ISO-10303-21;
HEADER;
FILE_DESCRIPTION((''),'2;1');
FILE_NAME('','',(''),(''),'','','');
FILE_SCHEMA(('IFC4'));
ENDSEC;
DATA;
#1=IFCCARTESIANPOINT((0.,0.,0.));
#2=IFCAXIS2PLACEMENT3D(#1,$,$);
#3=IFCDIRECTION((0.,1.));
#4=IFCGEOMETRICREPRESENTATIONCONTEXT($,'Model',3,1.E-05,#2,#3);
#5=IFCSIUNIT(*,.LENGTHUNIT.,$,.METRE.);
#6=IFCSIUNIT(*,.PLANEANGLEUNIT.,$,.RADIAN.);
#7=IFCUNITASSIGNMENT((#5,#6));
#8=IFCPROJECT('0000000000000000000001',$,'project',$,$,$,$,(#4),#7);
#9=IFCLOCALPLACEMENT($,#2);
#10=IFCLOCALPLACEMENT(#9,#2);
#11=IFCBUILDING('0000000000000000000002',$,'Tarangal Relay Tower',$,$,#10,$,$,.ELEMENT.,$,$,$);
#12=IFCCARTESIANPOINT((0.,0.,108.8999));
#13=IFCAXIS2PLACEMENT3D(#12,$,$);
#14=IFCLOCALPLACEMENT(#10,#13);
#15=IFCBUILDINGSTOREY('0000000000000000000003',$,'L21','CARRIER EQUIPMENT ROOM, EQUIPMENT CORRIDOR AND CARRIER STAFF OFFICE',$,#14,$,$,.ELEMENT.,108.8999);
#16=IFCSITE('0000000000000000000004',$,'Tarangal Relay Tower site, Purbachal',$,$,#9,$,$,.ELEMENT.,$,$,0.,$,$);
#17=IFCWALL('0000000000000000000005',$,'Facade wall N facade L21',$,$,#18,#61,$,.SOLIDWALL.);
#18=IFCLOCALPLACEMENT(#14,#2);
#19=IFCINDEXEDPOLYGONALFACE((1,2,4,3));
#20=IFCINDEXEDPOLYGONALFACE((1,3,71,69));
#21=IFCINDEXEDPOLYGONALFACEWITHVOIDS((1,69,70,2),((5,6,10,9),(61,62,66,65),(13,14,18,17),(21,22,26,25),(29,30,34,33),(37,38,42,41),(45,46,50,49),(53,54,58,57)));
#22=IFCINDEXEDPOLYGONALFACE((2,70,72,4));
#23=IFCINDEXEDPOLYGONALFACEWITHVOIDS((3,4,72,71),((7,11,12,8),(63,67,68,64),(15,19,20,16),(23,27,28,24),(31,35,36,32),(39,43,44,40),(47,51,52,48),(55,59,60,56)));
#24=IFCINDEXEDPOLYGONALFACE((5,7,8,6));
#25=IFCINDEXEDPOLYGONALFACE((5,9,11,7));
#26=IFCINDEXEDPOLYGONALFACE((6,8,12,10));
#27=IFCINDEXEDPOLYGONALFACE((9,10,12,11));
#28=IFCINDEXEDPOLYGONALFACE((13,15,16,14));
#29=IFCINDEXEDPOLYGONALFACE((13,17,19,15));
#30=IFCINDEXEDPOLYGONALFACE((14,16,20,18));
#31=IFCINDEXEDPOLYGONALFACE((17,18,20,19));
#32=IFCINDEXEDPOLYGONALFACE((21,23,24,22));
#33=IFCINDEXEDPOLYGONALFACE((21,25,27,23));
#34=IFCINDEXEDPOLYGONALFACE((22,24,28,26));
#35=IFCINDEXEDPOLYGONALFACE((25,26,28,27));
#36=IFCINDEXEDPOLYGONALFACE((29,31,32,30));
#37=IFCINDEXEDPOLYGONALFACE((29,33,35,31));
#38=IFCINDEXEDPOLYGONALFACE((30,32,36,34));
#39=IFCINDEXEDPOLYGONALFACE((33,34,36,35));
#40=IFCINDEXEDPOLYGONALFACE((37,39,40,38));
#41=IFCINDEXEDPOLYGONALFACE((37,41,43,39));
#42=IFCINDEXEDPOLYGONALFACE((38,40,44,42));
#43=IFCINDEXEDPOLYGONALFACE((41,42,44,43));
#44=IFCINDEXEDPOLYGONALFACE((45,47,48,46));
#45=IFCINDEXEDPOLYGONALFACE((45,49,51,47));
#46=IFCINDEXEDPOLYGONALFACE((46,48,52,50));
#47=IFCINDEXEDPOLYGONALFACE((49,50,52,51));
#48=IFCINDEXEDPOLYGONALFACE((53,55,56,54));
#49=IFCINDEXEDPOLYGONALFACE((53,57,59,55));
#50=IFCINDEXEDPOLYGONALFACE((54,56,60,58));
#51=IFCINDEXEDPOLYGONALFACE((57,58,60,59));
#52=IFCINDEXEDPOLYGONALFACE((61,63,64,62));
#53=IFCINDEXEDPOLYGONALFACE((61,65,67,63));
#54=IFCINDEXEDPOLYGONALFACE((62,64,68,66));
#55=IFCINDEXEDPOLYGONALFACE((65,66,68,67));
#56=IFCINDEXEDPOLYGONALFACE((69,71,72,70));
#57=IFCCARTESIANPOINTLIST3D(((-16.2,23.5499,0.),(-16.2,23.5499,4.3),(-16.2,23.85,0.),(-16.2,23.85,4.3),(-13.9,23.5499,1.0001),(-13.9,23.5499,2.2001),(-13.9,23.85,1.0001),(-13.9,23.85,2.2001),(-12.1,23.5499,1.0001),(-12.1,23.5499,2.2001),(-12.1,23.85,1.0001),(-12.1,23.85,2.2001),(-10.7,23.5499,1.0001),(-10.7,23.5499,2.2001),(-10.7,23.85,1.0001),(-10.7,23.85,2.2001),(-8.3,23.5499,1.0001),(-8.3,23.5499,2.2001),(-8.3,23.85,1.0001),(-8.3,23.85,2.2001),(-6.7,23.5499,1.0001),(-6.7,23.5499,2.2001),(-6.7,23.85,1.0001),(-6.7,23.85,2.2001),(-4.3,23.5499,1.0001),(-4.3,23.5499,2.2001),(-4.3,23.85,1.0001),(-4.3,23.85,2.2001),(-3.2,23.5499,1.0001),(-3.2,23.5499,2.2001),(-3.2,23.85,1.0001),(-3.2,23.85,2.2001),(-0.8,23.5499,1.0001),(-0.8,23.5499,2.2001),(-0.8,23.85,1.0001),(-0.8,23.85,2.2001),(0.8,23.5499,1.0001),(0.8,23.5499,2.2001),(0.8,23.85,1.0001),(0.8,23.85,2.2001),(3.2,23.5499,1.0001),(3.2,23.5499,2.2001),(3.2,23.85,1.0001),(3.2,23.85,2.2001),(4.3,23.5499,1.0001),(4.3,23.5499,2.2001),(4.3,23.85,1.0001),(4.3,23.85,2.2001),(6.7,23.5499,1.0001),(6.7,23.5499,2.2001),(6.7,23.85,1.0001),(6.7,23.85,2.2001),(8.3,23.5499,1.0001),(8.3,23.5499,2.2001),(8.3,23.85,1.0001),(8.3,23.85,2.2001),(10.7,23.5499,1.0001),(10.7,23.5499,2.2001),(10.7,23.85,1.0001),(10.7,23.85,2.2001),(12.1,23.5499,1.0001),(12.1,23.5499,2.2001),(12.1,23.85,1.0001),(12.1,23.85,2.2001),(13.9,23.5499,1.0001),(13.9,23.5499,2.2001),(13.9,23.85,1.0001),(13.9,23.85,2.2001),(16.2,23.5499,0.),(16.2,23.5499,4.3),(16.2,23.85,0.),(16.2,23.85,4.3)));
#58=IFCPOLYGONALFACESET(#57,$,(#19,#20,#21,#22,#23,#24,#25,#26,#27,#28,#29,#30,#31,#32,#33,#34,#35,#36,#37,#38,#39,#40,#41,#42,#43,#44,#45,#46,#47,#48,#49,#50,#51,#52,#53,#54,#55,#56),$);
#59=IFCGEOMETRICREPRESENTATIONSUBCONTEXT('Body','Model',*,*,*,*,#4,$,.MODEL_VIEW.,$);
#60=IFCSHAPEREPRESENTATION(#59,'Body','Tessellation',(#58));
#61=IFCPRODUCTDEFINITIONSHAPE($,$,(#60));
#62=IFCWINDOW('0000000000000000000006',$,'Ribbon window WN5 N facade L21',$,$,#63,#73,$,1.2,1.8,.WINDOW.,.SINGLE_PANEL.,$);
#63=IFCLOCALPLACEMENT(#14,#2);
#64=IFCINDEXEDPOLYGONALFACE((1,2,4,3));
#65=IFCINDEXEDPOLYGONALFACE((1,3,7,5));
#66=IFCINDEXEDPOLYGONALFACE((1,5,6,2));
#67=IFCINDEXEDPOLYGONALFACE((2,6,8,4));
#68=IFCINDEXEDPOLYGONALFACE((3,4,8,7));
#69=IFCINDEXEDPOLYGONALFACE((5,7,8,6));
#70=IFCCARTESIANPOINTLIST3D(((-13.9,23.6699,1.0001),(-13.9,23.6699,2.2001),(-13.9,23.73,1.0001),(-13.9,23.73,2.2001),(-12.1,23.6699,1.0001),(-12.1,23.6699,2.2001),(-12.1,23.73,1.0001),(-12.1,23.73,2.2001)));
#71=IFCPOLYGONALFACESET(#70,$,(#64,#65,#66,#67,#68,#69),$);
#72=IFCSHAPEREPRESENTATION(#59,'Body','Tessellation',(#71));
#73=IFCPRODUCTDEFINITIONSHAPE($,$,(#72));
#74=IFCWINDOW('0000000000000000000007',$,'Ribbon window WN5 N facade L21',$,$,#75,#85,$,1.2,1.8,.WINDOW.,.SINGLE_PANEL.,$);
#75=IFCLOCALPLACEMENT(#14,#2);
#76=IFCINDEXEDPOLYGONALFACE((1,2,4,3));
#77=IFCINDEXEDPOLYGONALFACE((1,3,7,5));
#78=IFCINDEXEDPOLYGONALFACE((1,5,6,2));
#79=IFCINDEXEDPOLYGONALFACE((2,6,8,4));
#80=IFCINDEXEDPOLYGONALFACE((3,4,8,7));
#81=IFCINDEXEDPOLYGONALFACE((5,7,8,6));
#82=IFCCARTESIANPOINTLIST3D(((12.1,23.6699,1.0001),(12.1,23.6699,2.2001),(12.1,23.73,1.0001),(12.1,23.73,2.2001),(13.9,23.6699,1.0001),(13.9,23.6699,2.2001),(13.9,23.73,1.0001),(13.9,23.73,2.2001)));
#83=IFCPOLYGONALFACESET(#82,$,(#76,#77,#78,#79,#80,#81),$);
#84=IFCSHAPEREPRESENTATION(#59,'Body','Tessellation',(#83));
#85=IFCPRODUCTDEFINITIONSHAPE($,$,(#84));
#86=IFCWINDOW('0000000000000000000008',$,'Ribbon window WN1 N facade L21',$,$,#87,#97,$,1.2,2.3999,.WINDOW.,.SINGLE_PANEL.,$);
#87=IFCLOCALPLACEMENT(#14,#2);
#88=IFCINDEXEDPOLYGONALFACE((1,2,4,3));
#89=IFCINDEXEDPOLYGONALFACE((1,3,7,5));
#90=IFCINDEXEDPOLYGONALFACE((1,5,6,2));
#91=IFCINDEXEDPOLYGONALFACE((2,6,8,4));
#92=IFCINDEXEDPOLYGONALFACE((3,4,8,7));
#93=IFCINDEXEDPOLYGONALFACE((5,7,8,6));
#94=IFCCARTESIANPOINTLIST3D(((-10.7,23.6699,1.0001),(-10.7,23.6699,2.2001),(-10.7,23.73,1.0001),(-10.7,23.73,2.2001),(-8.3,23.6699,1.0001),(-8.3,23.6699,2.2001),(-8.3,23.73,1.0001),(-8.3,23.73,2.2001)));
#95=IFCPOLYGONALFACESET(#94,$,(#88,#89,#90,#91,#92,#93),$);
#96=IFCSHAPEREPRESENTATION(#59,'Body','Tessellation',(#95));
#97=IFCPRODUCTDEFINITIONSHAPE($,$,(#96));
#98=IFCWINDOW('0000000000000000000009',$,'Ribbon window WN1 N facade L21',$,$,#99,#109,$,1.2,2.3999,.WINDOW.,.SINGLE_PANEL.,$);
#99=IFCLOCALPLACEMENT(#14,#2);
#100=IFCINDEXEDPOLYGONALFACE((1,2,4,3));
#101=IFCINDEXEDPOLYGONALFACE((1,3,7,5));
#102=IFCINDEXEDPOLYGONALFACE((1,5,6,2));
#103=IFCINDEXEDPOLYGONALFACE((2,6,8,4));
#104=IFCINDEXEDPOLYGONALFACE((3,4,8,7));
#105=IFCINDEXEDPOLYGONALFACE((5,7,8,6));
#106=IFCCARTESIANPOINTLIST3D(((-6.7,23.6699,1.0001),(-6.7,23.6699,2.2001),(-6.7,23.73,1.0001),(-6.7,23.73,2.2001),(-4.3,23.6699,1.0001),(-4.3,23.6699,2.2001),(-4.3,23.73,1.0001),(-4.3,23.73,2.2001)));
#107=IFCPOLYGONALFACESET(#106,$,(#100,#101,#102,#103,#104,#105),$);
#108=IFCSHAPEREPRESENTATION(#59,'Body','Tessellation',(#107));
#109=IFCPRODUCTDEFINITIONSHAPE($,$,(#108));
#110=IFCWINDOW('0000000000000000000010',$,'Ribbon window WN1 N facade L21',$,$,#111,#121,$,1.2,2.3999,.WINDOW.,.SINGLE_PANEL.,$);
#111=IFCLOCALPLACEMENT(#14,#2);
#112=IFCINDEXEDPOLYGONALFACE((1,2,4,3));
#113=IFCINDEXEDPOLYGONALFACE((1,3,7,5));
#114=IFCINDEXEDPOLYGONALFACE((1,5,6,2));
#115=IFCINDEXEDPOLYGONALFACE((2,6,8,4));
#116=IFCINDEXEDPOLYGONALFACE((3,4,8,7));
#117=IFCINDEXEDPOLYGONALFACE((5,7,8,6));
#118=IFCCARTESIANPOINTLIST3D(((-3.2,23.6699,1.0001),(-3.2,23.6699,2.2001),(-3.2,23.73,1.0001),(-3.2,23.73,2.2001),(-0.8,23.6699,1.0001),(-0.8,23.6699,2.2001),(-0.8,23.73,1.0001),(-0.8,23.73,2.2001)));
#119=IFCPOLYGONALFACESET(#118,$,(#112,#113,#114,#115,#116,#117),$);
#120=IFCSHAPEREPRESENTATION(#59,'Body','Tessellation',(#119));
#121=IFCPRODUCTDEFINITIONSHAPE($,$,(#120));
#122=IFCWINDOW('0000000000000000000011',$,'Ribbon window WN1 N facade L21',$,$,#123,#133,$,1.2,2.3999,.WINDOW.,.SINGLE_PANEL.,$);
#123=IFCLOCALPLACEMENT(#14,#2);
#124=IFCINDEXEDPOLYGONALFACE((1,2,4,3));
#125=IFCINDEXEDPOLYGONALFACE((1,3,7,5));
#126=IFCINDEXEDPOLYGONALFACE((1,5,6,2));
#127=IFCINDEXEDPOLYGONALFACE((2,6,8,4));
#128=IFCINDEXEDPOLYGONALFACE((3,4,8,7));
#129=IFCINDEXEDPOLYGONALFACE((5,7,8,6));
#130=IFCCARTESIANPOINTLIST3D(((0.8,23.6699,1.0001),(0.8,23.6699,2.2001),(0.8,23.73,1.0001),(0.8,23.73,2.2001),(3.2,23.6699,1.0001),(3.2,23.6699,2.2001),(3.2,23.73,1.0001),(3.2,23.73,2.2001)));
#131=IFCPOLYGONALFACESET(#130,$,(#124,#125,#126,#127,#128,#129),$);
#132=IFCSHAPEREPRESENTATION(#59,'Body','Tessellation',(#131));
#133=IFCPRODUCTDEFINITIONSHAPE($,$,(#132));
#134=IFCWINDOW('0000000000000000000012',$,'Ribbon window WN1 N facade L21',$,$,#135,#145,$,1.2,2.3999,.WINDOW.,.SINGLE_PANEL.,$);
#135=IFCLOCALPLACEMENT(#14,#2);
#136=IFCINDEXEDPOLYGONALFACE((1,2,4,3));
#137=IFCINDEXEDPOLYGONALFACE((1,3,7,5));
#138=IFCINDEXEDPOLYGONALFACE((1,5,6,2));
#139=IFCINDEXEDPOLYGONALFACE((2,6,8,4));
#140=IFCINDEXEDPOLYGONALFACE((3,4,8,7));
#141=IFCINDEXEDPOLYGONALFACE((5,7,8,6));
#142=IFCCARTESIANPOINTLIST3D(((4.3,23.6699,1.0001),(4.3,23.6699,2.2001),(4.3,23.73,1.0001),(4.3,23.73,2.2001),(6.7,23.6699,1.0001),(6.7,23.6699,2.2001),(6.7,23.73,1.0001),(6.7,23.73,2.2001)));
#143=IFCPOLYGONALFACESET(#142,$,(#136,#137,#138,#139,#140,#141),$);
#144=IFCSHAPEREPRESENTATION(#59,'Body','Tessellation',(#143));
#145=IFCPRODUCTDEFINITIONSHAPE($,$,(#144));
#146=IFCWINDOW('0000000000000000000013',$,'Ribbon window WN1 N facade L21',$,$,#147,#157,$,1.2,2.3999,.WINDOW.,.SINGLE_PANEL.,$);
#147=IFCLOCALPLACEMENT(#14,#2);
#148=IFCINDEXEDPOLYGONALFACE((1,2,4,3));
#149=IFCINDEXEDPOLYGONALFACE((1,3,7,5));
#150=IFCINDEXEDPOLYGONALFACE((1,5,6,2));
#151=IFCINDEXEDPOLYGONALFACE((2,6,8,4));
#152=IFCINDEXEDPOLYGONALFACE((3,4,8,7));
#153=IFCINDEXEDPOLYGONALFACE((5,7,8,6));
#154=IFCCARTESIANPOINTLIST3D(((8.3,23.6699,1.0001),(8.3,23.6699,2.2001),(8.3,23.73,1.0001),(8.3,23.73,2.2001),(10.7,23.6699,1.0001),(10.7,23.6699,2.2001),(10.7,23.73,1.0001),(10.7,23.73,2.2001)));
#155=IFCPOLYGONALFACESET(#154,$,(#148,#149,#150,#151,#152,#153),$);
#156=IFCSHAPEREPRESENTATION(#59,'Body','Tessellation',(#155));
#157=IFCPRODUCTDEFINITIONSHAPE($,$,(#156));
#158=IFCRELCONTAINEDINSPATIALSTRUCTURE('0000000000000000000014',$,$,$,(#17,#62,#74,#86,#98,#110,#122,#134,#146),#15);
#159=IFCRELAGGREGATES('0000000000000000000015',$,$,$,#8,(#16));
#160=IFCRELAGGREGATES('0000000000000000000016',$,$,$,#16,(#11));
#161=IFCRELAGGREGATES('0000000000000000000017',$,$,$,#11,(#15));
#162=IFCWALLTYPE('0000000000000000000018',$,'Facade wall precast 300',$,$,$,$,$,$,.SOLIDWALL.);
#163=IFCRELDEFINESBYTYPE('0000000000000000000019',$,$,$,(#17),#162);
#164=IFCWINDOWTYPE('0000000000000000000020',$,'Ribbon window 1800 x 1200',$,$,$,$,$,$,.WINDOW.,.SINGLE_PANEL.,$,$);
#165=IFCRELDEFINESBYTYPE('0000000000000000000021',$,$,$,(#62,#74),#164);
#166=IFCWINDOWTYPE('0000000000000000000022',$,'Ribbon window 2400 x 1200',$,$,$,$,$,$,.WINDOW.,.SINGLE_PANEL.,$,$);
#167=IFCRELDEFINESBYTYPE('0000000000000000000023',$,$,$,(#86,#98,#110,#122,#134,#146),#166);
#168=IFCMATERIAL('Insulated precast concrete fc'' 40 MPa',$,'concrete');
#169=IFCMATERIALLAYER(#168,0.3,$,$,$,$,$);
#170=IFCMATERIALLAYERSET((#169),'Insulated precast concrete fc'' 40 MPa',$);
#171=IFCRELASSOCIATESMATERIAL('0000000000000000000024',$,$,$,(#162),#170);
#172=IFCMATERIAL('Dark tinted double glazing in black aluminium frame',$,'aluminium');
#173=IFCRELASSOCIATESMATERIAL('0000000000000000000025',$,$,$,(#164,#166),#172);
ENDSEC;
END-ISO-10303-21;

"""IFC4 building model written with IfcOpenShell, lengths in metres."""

from ifc_helpers import new_model, si_unit, direction, frame, frame_2d, origin, place, context, subcontext, project, spatial, rectangle, extrude, material, layer, layer_set, type_object, element, fill, save


model = new_model("IFC4")

# Units and contexts
model_context = context("Model", 3, precision=1e-05, world=origin(), true_north=direction((0.0, 1.0)))
body_context = subcontext(model_context, "Body", "Model", "MODEL_VIEW")
ifc_project = project(units=[si_unit("LENGTHUNIT", "METRE"), si_unit("PLANEANGLEUNIT", "RADIAN")], contexts=[model_context])

# Site, building, storey
site_placement = place(None, origin())
site = spatial("IfcSite", under=ifc_project, at=site_placement, Name="Tarangal Relay Tower site, Purbachal", CompositionType="ELEMENT", RefElevation=0.0)
building_placement = place(site_placement, origin())
building = spatial("IfcBuilding", under=site, at=building_placement, Name="Tarangal Relay Tower", CompositionType="ELEMENT")
storey_placement = place(building_placement, frame((0.0, 0.0, 108.8999)))
storey = spatial("IfcBuildingStorey", under=building, at=storey_placement, Name="L21", Description="CARRIER EQUIPMENT ROOM, EQUIPMENT CORRIDOR AND CARRIER STAFF OFFICE", CompositionType="ELEMENT", Elevation=108.8999)

# Wall, openings, windows
ifc_material_1 = material(Name="Insulated precast concrete fc' 40 MPa", Category="concrete")
ifc_layer_1 = layer(ifc_material_1, 0.3)
ifc_layer_set_1 = layer_set([ifc_layer_1], Name="Insulated precast concrete fc' 40 MPa")
wall_type_1 = type_object("IfcWallType", Name="Facade wall precast 300", PredefinedType="SOLIDWALL", material=ifc_layer_set_1)
wall_1_placement = place(storey_placement, frame((-16.2, 23.7, 0.0), z_axis=(0.0, 0.0, 1.0), x_axis=(1.0, 0.0, 0.0)))
wall_1 = element("IfcWall", 1, at=wall_1_placement, inside=storey, type_object=wall_type_1, Name="Facade wall N facade L21", PredefinedType="SOLIDWALL", context=body_context, shape_type="SweptSolid", body=[
    extrude(rectangle(XDim=32.3999, YDim=0.3, at=frame_2d((16.2, 0.0))), origin(), (0.0, 0.0, 1.0), 4.3),
])
opening_1_placement = place(wall_1_placement, frame((2.3, 0.0, 1.0)))
opening_1 = element("IfcOpeningElement", 2, at=opening_1_placement, cuts=wall_1, PredefinedType="OPENING", context=body_context, shape_type="SweptSolid", body=[
    extrude(rectangle(XDim=1.8, YDim=1.2, at=frame_2d((0.8999, 0.6001))), frame((0.0, 0.1599, 0.0), z_axis=(0.0, -1.0, 0.0), x_axis=(1.0, 0.0, 0.0)), (0.0, 0.0, 1.0), 0.3201),
])
opening_2_placement = place(wall_1_placement, frame((5.5, 0.0, 1.0)))
opening_2 = element("IfcOpeningElement", 3, at=opening_2_placement, cuts=wall_1, PredefinedType="OPENING", context=body_context, shape_type="SweptSolid", body=[
    extrude(rectangle(XDim=2.3999, YDim=1.2, at=frame_2d((1.2, 0.6001))), frame((0.0, 0.1599, 0.0), z_axis=(0.0, -1.0, 0.0), x_axis=(1.0, 0.0, 0.0)), (0.0, 0.0, 1.0), 0.3201),
])
opening_3_placement = place(wall_1_placement, frame((9.5, 0.0, 1.0)))
opening_3 = element("IfcOpeningElement", 4, at=opening_3_placement, cuts=wall_1, PredefinedType="OPENING", context=body_context, shape_type="SweptSolid", body=[
    extrude(rectangle(XDim=2.3999, YDim=1.2, at=frame_2d((1.2, 0.6001))), frame((0.0, 0.1599, 0.0), z_axis=(0.0, -1.0, 0.0), x_axis=(1.0, 0.0, 0.0)), (0.0, 0.0, 1.0), 0.3201),
])
opening_4_placement = place(wall_1_placement, frame((13.0, 0.0, 1.0)))
opening_4 = element("IfcOpeningElement", 5, at=opening_4_placement, cuts=wall_1, PredefinedType="OPENING", context=body_context, shape_type="SweptSolid", body=[
    extrude(rectangle(XDim=2.3999, YDim=1.2, at=frame_2d((1.2, 0.6001))), frame((0.0, 0.1599, 0.0), z_axis=(0.0, -1.0, 0.0), x_axis=(1.0, 0.0, 0.0)), (0.0, 0.0, 1.0), 0.3201),
])
opening_5_placement = place(wall_1_placement, frame((17.0, 0.0, 1.0)))
opening_5 = element("IfcOpeningElement", 6, at=opening_5_placement, cuts=wall_1, PredefinedType="OPENING", context=body_context, shape_type="SweptSolid", body=[
    extrude(rectangle(XDim=2.3999, YDim=1.2, at=frame_2d((1.2, 0.6001))), frame((0.0, 0.1599, 0.0), z_axis=(0.0, -1.0, 0.0), x_axis=(1.0, 0.0, 0.0)), (0.0, 0.0, 1.0), 0.3201),
])
opening_6_placement = place(wall_1_placement, frame((20.5, 0.0, 1.0)))
opening_6 = element("IfcOpeningElement", 7, at=opening_6_placement, cuts=wall_1, PredefinedType="OPENING", context=body_context, shape_type="SweptSolid", body=[
    extrude(rectangle(XDim=2.3999, YDim=1.2, at=frame_2d((1.2, 0.6001))), frame((0.0, 0.1599, 0.0), z_axis=(0.0, -1.0, 0.0), x_axis=(1.0, 0.0, 0.0)), (0.0, 0.0, 1.0), 0.3201),
])
opening_7_placement = place(wall_1_placement, frame((24.5, 0.0, 1.0)))
opening_7 = element("IfcOpeningElement", 8, at=opening_7_placement, cuts=wall_1, PredefinedType="OPENING", context=body_context, shape_type="SweptSolid", body=[
    extrude(rectangle(XDim=2.3999, YDim=1.2, at=frame_2d((1.2, 0.6001))), frame((0.0, 0.1599, 0.0), z_axis=(0.0, -1.0, 0.0), x_axis=(1.0, 0.0, 0.0)), (0.0, 0.0, 1.0), 0.3201),
])
opening_8_placement = place(wall_1_placement, frame((28.3, 0.0, 1.0)))
opening_8 = element("IfcOpeningElement", 9, at=opening_8_placement, cuts=wall_1, PredefinedType="OPENING", context=body_context, shape_type="SweptSolid", body=[
    extrude(rectangle(XDim=1.8, YDim=1.2, at=frame_2d((0.8999, 0.6001))), frame((0.0, 0.1599, 0.0), z_axis=(0.0, -1.0, 0.0), x_axis=(1.0, 0.0, 0.0)), (0.0, 0.0, 1.0), 0.3201),
])
ifc_material_2 = material(Name="Dark tinted double glazing in black aluminium frame", Category="aluminium")
window_type_1 = type_object("IfcWindowType", Name="Ribbon window 1800 x 1200", PartitioningType="SINGLE_PANEL", PredefinedType="WINDOW", material=ifc_material_2)
window_1_placement = place(opening_1_placement, origin())
window_1 = element("IfcWindow", 10, at=window_1_placement, inside=storey, type_object=window_type_1, Name="Ribbon window WN5 N facade L21", OverallHeight=1.2, OverallWidth=1.8, PartitioningType="SINGLE_PANEL", PredefinedType="WINDOW", context=body_context, shape_type="SweptSolid", body=[
    extrude(rectangle(XDim=1.8, YDim=1.2, at=frame_2d((0.8999, 0.6001))), frame((0.0, 0.03, 0.0), z_axis=(0.0, -1.0, 0.0), x_axis=(1.0, 0.0, 0.0)), (0.0, 0.0, 1.0), 0.0601),
])
fill(opening_1, window_1)
window_2_placement = place(opening_8_placement, origin())
window_2 = element("IfcWindow", 11, at=window_2_placement, inside=storey, type_object=window_type_1, Name="Ribbon window WN5 N facade L21", OverallHeight=1.2, OverallWidth=1.8, PartitioningType="SINGLE_PANEL", PredefinedType="WINDOW", context=body_context, shape_type="SweptSolid", body=[
    extrude(rectangle(XDim=1.8, YDim=1.2, at=frame_2d((0.8999, 0.6001))), frame((0.0, 0.03, 0.0), z_axis=(0.0, -1.0, 0.0), x_axis=(1.0, 0.0, 0.0)), (0.0, 0.0, 1.0), 0.0601),
])
fill(opening_8, window_2)
window_type_2 = type_object("IfcWindowType", Name="Ribbon window 2400 x 1200", PartitioningType="SINGLE_PANEL", PredefinedType="WINDOW", material=ifc_material_2)
window_3_placement = place(opening_2_placement, origin())
window_3 = element("IfcWindow", 12, at=window_3_placement, inside=storey, type_object=window_type_2, Name="Ribbon window WN1 N facade L21", OverallHeight=1.2, OverallWidth=2.3999, PartitioningType="SINGLE_PANEL", PredefinedType="WINDOW", context=body_context, shape_type="SweptSolid", body=[
    extrude(rectangle(XDim=2.3999, YDim=1.2, at=frame_2d((1.2, 0.6001))), frame((0.0, 0.03, 0.0), z_axis=(0.0, -1.0, 0.0), x_axis=(1.0, 0.0, 0.0)), (0.0, 0.0, 1.0), 0.0601),
])
fill(opening_2, window_3)
window_4_placement = place(opening_3_placement, origin())
window_4 = element("IfcWindow", 13, at=window_4_placement, inside=storey, type_object=window_type_2, Name="Ribbon window WN1 N facade L21", OverallHeight=1.2, OverallWidth=2.3999, PartitioningType="SINGLE_PANEL", PredefinedType="WINDOW", context=body_context, shape_type="SweptSolid", body=[
    extrude(rectangle(XDim=2.3999, YDim=1.2, at=frame_2d((1.2, 0.6001))), frame((0.0, 0.03, 0.0), z_axis=(0.0, -1.0, 0.0), x_axis=(1.0, 0.0, 0.0)), (0.0, 0.0, 1.0), 0.0601),
])
fill(opening_3, window_4)
window_5_placement = place(opening_4_placement, origin())
window_5 = element("IfcWindow", 14, at=window_5_placement, inside=storey, type_object=window_type_2, Name="Ribbon window WN1 N facade L21", OverallHeight=1.2, OverallWidth=2.3999, PartitioningType="SINGLE_PANEL", PredefinedType="WINDOW", context=body_context, shape_type="SweptSolid", body=[
    extrude(rectangle(XDim=2.3999, YDim=1.2, at=frame_2d((1.2, 0.6001))), frame((0.0, 0.03, 0.0), z_axis=(0.0, -1.0, 0.0), x_axis=(1.0, 0.0, 0.0)), (0.0, 0.0, 1.0), 0.0601),
])
fill(opening_4, window_5)
window_6_placement = place(opening_5_placement, origin())
window_6 = element("IfcWindow", 15, at=window_6_placement, inside=storey, type_object=window_type_2, Name="Ribbon window WN1 N facade L21", OverallHeight=1.2, OverallWidth=2.3999, PartitioningType="SINGLE_PANEL", PredefinedType="WINDOW", context=body_context, shape_type="SweptSolid", body=[
    extrude(rectangle(XDim=2.3999, YDim=1.2, at=frame_2d((1.2, 0.6001))), frame((0.0, 0.03, 0.0), z_axis=(0.0, -1.0, 0.0), x_axis=(1.0, 0.0, 0.0)), (0.0, 0.0, 1.0), 0.0601),
])
fill(opening_5, window_6)
window_7_placement = place(opening_6_placement, origin())
window_7 = element("IfcWindow", 16, at=window_7_placement, inside=storey, type_object=window_type_2, Name="Ribbon window WN1 N facade L21", OverallHeight=1.2, OverallWidth=2.3999, PartitioningType="SINGLE_PANEL", PredefinedType="WINDOW", context=body_context, shape_type="SweptSolid", body=[
    extrude(rectangle(XDim=2.3999, YDim=1.2, at=frame_2d((1.2, 0.6001))), frame((0.0, 0.03, 0.0), z_axis=(0.0, -1.0, 0.0), x_axis=(1.0, 0.0, 0.0)), (0.0, 0.0, 1.0), 0.0601),
])
fill(opening_6, window_7)
window_8_placement = place(opening_7_placement, origin())
window_8 = element("IfcWindow", 17, at=window_8_placement, inside=storey, type_object=window_type_2, Name="Ribbon window WN1 N facade L21", OverallHeight=1.2, OverallWidth=2.3999, PartitioningType="SINGLE_PANEL", PredefinedType="WINDOW", context=body_context, shape_type="SweptSolid", body=[
    extrude(rectangle(XDim=2.3999, YDim=1.2, at=frame_2d((1.2, 0.6001))), frame((0.0, 0.03, 0.0), z_axis=(0.0, -1.0, 0.0), x_axis=(1.0, 0.0, 0.0)), (0.0, 0.0, 1.0), 0.0601),
])
fill(opening_7, window_8)

save(model, "model.ifc")
